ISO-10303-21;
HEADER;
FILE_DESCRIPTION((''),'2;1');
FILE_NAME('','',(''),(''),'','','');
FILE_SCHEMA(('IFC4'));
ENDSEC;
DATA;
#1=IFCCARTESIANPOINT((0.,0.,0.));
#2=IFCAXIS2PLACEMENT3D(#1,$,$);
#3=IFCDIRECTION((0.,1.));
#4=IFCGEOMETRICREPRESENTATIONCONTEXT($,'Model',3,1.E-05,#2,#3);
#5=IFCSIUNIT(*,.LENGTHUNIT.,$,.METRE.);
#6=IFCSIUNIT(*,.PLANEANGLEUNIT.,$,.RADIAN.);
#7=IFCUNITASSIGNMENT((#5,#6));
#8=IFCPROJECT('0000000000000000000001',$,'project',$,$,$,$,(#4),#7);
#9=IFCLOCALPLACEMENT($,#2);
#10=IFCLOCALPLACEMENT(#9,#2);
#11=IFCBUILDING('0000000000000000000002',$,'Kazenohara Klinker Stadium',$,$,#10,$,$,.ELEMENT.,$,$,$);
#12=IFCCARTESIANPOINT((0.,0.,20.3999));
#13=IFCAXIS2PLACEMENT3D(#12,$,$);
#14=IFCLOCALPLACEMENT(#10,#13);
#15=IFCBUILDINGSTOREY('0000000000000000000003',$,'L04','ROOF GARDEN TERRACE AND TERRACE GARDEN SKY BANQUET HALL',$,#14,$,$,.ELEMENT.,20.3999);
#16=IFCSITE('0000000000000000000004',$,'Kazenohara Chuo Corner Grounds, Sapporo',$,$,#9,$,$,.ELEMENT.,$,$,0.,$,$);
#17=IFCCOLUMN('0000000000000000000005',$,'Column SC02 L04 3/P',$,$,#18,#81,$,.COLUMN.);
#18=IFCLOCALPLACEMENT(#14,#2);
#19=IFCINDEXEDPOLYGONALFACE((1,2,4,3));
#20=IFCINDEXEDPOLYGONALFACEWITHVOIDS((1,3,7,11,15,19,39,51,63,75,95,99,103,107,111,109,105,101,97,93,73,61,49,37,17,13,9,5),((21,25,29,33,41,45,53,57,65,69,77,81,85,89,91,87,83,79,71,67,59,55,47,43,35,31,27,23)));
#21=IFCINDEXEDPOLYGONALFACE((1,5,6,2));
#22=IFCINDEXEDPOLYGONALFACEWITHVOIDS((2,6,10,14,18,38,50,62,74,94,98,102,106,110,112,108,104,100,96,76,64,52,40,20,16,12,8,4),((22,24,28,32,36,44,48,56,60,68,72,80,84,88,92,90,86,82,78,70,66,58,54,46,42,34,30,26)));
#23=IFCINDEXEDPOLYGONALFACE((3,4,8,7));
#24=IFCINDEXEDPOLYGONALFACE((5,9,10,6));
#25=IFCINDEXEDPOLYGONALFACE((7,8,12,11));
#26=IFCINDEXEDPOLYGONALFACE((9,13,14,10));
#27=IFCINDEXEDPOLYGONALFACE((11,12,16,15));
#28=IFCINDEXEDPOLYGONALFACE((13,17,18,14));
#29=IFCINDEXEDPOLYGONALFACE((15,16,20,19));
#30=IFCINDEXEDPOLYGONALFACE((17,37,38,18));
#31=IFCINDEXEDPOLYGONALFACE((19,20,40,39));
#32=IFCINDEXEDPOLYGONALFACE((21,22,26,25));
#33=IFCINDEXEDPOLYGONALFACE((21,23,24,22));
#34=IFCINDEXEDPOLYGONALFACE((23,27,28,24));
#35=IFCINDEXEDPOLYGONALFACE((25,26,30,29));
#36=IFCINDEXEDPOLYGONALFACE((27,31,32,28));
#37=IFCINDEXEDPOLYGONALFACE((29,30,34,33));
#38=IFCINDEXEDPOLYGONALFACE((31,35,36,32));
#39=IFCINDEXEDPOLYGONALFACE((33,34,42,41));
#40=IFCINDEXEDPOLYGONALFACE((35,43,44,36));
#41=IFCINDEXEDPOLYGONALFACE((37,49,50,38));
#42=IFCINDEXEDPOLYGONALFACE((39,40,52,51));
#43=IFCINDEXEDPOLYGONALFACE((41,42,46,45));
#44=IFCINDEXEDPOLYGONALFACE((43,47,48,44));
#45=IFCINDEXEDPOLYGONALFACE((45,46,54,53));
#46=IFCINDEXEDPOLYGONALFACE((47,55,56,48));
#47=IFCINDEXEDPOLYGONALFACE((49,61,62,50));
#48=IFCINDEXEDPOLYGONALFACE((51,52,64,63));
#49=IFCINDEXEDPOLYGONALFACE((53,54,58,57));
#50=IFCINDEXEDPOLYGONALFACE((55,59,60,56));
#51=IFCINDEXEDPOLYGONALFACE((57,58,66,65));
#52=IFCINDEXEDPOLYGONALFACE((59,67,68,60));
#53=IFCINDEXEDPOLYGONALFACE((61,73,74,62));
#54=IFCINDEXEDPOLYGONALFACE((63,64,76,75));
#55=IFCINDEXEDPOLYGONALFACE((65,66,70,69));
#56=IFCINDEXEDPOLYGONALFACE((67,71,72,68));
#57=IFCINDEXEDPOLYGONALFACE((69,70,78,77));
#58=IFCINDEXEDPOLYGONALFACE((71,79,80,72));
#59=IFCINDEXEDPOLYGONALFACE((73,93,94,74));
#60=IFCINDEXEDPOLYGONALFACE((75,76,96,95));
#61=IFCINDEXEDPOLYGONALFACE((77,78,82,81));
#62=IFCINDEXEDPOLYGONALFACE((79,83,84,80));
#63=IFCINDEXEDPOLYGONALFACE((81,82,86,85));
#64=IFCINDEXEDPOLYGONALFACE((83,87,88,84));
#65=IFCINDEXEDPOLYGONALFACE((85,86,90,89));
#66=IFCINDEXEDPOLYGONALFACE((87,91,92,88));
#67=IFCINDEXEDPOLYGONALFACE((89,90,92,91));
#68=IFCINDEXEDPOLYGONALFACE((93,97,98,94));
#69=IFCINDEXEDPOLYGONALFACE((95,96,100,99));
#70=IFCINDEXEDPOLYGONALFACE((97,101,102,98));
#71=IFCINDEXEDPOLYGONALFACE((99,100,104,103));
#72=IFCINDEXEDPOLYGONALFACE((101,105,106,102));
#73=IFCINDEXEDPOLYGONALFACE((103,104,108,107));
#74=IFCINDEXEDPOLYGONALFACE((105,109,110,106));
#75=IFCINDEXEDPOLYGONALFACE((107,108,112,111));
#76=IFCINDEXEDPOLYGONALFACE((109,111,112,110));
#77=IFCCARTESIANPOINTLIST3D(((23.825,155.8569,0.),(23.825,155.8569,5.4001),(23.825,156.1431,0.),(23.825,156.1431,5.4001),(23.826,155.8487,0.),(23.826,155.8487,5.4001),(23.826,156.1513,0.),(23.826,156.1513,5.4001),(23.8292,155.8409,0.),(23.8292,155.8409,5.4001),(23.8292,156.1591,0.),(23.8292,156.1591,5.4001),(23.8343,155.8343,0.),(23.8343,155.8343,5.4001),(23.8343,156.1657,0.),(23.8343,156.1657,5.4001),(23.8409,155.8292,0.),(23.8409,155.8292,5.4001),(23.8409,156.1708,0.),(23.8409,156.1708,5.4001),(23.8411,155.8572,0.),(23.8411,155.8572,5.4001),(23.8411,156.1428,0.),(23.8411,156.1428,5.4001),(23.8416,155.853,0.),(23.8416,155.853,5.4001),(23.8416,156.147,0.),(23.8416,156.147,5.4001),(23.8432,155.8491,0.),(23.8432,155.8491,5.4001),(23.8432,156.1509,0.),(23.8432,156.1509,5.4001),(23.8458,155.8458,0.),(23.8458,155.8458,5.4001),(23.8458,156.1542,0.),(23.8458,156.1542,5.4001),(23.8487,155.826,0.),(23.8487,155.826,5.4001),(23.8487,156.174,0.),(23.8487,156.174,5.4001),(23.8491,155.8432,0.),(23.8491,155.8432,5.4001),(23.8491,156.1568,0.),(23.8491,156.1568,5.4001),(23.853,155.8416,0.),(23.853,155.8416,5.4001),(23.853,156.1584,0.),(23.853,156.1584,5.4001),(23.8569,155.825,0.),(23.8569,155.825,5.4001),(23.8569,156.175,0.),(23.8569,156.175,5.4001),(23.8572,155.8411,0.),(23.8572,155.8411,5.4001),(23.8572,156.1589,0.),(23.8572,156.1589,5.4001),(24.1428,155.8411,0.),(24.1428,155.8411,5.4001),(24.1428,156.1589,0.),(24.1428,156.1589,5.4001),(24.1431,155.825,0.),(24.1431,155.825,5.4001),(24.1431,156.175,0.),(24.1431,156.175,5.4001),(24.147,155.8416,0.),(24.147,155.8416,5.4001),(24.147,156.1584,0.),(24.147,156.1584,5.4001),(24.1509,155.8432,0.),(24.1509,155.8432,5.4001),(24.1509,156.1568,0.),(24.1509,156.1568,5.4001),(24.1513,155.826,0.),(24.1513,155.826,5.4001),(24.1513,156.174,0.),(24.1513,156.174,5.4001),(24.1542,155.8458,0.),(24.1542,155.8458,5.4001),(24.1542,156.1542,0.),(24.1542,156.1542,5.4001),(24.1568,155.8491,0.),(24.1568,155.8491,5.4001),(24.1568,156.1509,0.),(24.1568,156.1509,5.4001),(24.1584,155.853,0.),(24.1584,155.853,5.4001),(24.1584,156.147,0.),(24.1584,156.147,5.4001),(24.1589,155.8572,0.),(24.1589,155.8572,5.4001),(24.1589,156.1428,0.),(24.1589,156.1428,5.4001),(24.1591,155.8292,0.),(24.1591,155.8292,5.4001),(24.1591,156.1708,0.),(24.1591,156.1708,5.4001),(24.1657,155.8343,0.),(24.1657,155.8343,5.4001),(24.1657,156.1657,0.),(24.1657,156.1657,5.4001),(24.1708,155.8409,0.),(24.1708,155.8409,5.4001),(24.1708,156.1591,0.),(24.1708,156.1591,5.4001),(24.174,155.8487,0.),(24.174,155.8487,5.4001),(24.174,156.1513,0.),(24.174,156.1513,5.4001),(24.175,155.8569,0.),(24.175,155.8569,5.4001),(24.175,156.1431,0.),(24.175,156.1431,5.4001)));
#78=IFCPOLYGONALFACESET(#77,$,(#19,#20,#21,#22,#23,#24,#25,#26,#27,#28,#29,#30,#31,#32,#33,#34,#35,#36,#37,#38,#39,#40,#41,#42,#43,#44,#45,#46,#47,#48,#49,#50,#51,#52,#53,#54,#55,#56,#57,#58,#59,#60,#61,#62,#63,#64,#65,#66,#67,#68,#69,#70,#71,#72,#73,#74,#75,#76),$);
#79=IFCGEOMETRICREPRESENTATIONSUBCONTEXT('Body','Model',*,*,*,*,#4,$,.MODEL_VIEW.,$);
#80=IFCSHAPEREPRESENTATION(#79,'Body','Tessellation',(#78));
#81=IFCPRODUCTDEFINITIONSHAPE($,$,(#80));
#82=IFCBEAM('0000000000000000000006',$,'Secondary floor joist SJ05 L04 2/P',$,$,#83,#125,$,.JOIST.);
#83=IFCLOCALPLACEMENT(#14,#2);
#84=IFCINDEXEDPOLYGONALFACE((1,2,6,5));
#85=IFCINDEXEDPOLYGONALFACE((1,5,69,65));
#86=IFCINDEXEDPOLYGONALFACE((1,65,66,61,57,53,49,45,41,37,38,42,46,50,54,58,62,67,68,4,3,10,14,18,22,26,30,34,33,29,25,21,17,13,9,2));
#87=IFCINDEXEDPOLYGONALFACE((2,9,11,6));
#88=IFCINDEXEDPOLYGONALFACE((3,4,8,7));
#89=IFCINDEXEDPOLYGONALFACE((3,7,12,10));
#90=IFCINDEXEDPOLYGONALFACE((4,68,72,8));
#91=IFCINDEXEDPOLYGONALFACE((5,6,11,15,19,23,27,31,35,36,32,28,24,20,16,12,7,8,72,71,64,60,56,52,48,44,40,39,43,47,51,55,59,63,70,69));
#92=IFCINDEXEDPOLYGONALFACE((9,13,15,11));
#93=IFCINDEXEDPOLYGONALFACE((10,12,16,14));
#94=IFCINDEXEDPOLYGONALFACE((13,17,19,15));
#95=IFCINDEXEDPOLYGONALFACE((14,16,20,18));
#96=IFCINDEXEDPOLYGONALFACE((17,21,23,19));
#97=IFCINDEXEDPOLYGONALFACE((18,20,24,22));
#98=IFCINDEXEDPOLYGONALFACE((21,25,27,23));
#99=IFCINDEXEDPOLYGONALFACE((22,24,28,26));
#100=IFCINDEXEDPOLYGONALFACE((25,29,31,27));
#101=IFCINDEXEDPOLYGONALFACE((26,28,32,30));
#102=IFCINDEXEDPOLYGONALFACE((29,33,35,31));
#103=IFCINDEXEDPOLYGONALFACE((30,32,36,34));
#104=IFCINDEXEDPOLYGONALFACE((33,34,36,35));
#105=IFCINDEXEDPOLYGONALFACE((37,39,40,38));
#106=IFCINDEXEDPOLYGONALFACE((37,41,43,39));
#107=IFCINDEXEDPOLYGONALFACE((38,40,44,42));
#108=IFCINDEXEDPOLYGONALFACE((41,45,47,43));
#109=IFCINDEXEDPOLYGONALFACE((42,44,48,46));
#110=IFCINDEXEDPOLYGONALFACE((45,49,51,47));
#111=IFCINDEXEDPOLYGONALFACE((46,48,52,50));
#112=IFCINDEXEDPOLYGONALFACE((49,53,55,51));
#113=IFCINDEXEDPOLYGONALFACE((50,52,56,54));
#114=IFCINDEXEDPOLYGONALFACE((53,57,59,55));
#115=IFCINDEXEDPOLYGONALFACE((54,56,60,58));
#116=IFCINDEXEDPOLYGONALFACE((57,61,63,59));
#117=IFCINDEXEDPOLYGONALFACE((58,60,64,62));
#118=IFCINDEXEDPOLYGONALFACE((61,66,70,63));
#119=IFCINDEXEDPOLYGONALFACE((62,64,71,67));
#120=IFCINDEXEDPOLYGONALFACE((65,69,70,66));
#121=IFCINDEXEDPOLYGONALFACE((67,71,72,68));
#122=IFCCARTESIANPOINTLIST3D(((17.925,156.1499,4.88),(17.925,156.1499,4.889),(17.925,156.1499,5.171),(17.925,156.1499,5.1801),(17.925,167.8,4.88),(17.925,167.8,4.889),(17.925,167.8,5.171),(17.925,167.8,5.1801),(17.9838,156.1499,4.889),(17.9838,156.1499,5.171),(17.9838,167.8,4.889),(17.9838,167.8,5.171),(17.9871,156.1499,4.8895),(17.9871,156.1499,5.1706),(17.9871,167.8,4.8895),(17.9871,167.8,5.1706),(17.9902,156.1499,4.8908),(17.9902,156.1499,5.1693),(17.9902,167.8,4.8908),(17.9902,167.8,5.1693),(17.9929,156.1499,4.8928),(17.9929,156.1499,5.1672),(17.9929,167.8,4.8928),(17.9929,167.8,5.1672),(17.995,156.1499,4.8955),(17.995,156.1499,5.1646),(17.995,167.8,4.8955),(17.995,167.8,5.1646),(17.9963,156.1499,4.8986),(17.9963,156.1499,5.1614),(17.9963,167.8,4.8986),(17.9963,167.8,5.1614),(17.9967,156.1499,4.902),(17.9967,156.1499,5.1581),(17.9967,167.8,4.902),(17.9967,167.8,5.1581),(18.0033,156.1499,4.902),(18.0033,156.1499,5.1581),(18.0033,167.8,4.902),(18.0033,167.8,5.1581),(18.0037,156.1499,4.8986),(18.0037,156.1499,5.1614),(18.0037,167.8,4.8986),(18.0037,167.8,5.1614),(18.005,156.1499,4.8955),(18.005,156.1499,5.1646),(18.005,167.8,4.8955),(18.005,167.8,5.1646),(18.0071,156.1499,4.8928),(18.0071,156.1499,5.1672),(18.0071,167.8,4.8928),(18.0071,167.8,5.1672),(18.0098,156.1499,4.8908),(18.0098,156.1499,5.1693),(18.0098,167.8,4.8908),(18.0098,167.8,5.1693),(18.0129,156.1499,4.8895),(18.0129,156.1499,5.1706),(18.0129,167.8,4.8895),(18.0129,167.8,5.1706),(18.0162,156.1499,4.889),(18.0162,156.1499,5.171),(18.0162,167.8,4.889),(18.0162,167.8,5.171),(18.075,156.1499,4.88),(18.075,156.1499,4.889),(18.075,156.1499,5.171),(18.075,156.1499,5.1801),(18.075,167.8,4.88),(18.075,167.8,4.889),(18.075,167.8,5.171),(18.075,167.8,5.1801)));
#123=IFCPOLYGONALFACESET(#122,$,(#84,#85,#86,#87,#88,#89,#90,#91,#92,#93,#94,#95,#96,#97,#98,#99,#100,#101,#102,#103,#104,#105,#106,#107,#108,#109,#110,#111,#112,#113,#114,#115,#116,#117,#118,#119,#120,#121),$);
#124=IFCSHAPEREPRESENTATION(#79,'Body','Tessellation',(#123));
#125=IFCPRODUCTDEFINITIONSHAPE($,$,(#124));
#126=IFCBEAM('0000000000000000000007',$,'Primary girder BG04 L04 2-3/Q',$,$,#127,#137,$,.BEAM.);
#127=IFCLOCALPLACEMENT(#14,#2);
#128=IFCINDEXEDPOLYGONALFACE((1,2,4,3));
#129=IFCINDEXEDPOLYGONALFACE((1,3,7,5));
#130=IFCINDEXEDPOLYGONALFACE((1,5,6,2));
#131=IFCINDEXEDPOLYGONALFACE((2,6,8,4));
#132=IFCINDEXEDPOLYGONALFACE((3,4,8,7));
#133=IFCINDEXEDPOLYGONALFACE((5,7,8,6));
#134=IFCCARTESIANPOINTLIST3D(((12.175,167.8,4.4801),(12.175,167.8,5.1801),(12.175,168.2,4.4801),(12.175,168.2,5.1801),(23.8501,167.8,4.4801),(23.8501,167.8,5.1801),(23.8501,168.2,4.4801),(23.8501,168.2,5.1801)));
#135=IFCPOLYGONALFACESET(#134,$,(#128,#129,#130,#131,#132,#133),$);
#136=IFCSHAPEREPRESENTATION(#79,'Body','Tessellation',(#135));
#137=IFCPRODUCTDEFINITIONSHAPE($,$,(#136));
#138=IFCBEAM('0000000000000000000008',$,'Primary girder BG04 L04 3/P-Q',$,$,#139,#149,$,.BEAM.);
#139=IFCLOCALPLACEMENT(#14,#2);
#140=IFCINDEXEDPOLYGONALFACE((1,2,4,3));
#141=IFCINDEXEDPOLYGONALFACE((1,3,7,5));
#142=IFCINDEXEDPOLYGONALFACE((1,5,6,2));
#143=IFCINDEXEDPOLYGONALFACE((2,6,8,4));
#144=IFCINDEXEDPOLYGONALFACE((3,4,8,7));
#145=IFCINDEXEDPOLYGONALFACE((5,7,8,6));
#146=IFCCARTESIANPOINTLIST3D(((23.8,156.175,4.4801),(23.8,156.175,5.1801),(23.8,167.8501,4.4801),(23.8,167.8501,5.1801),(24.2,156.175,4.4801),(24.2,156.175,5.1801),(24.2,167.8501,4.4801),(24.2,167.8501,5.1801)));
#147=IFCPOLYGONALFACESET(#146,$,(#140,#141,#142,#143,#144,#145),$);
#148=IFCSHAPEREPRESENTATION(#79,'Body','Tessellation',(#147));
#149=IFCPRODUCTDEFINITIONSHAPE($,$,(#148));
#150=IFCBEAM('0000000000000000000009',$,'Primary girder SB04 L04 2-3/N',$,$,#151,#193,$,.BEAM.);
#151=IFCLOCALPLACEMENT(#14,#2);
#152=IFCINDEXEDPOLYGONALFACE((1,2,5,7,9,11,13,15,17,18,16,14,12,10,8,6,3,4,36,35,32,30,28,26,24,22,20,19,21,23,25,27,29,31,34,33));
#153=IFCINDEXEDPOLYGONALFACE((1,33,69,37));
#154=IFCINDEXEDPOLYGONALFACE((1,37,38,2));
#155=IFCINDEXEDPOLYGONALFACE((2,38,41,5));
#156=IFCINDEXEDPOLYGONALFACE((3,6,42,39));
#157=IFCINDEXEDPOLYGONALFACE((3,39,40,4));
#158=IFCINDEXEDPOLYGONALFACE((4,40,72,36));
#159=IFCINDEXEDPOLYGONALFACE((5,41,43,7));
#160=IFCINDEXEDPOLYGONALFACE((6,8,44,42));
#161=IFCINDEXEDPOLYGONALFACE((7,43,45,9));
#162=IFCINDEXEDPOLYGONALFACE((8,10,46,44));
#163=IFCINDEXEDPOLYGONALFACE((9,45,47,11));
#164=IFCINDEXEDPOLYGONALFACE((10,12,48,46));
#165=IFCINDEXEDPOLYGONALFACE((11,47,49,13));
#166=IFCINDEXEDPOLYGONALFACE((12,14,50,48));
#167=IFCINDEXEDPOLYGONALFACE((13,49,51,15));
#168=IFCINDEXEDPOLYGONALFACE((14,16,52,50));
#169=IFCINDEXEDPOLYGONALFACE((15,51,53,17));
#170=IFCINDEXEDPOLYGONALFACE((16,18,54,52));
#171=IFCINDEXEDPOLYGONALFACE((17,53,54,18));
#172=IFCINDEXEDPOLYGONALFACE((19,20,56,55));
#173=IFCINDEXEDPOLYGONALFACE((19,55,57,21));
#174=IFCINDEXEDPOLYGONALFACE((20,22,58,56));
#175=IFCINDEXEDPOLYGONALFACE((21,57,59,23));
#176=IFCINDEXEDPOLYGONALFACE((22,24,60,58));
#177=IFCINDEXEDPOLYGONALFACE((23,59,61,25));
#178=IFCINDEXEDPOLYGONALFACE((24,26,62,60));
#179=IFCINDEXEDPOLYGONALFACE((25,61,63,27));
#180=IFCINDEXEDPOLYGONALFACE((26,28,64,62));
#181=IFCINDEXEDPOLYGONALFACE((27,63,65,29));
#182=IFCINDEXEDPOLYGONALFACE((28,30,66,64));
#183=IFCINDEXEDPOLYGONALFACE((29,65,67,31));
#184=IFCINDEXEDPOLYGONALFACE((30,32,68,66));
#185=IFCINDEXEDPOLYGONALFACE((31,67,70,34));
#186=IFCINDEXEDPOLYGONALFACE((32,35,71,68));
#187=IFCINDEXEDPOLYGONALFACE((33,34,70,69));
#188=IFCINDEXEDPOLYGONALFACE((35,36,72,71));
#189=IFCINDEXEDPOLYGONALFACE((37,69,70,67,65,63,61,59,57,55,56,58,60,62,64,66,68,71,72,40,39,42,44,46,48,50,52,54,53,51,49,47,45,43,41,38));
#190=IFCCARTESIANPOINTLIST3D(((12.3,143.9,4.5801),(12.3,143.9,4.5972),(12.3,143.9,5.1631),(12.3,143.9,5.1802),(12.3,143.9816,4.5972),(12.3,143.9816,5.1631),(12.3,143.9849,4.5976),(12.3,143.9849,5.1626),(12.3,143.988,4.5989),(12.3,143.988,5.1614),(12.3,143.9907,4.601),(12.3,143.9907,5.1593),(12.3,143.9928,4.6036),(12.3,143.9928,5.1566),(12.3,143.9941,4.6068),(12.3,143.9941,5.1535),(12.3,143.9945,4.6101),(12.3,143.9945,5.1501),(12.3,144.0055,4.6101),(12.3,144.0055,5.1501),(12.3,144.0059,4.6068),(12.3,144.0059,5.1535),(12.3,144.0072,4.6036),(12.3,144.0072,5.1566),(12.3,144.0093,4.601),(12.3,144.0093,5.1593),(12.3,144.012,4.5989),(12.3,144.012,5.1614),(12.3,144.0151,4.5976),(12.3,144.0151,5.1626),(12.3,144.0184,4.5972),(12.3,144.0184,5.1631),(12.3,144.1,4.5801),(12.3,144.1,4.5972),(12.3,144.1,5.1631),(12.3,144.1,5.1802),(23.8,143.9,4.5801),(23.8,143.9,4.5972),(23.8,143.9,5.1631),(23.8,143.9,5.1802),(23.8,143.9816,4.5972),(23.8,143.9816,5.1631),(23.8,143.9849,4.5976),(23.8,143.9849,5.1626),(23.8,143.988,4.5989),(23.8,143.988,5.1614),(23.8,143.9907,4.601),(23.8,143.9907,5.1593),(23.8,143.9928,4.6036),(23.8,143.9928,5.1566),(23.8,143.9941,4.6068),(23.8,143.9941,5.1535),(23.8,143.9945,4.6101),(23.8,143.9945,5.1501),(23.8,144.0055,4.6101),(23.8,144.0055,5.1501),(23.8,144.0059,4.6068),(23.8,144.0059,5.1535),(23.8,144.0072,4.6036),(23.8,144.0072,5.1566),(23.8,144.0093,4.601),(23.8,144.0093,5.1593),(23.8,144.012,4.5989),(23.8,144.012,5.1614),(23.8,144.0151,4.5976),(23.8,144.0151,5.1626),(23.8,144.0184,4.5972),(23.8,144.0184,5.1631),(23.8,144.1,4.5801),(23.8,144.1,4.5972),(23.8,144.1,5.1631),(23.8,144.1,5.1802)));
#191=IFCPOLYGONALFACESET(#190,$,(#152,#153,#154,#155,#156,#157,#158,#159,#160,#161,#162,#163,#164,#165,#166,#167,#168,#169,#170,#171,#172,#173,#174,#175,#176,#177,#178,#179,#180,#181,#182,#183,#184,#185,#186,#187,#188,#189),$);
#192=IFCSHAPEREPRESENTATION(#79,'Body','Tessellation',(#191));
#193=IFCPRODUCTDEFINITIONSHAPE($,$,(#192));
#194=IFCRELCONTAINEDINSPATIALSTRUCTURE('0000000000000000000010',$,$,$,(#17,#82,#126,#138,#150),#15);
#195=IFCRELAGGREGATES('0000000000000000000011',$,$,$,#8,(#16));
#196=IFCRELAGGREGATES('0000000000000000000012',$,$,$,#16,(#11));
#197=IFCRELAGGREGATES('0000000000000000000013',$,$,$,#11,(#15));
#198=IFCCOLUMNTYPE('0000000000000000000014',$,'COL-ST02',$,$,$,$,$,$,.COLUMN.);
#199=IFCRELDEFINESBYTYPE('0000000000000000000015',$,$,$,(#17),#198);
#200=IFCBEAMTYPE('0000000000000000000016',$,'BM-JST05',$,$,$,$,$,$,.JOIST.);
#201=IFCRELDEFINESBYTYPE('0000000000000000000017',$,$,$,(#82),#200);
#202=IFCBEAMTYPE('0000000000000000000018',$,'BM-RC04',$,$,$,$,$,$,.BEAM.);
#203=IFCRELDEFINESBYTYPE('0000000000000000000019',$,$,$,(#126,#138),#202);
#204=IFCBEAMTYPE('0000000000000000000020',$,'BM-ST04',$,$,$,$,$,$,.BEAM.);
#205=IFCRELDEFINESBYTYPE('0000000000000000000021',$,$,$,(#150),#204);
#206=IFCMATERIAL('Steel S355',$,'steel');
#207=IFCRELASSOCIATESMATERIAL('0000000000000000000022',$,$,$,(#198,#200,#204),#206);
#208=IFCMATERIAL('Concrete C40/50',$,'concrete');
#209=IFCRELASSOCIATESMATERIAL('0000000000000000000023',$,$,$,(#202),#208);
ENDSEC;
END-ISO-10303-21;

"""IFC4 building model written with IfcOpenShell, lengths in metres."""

from ifc_helpers import new_model, si_unit, direction, frame, origin, origin_2d, place, context, subcontext, project, spatial, rectangle, hollow_rectangle, i_section, extrude, material, material_profile, profile_set, type_object, element, save


model = new_model("IFC4")

# Units and contexts
model_context = context("Model", 3, precision=1e-05, world=origin(), true_north=direction((0.0, 1.0)))
body_context = subcontext(model_context, "Body", "Model", "MODEL_VIEW")
ifc_project = project(units=[si_unit("LENGTHUNIT", "METRE"), si_unit("PLANEANGLEUNIT", "RADIAN")], contexts=[model_context])

# Site, building, storey
site_placement = place(None, origin())
site = spatial("IfcSite", under=ifc_project, at=site_placement, Name="Kazenohara Chuo Corner Grounds, Sapporo", CompositionType="ELEMENT", RefElevation=0.0)
building_placement = place(site_placement, origin())
building = spatial("IfcBuilding", under=site, at=building_placement, Name="Kazenohara Klinker Stadium", CompositionType="ELEMENT")
storey_placement = place(building_placement, frame((0.0, 0.0, 20.3999)))
storey = spatial("IfcBuildingStorey", under=building, at=storey_placement, Name="L04", Description="ROOF GARDEN TERRACE AND TERRACE GARDEN SKY BANQUET HALL", CompositionType="ELEMENT", Elevation=20.3999)

# Column
ifc_material_1 = material(Name="Steel S355", Category="steel")
ifc_material_profile_1 = material_profile(ifc_material_1, hollow_rectangle(XDim=0.3501, YDim=0.3501, WallThickness=0.0161, InnerFilletRadius=0.0161, OuterFilletRadius=0.032, at=origin_2d()), Name="SHS-350x350x16")
ifc_profile_set_1 = profile_set([ifc_material_profile_1], Name="Steel S355")
column_type_1 = type_object("IfcColumnType", Name="COL-ST02", PredefinedType="COLUMN", material=ifc_profile_set_1)
for number, where, z_axis, x_axis, name in (
    (1, (24.0, 156.0, 0.0), (0.0, 0.0, 1.0), (1.0, 0.0, 0.0), "Column SC02 L04 3/P"),
):
    element("IfcColumn", number, at=place(storey_placement, frame(where, z_axis=z_axis, x_axis=x_axis)), inside=storey, type_object=column_type_1, Name=name, PredefinedType="COLUMN", context=body_context, shape_type="SweptSolid", body=[
        extrude(hollow_rectangle(XDim=0.3501, YDim=0.3501, WallThickness=0.0161, InnerFilletRadius=0.0161, OuterFilletRadius=0.032, at=origin_2d()), origin(), (0.0, 0.0, 1.0), 5.4001),
    ])

# Beams
ifc_material_profile_2 = material_profile(ifc_material_1, i_section(OverallWidth=0.1499, OverallDepth=0.3, WebThickness=0.0066, FlangeThickness=0.009, FilletRadius=0.0129, at=origin_2d()), Name="H-300x150x6.5x9")
ifc_profile_set_2 = profile_set([ifc_material_profile_2], Name="Steel S355")
beam_type_1 = type_object("IfcBeamType", Name="BM-JST05", PredefinedType="JOIST", material=ifc_profile_set_2)
beam_1_placement = place(storey_placement, frame((18.0, 156.1499, 5.03), z_axis=(0.0, 1.0, 0.0), x_axis=(-1.0, 0.0, 0.0)))
element("IfcBeam", 2, at=beam_1_placement, inside=storey, type_object=beam_type_1, Name="Secondary floor joist SJ05 L04 2/P", PredefinedType="JOIST", context=body_context, shape_type="SweptSolid", body=[
    extrude(i_section(OverallWidth=0.1499, OverallDepth=0.3, WebThickness=0.0066, FlangeThickness=0.009, FilletRadius=0.0129, at=origin_2d()), origin(), (0.0, 0.0, 1.0), 11.6501),
])
ifc_material_2 = material(Name="Concrete C40/50", Category="concrete")
ifc_material_profile_3 = material_profile(ifc_material_2, rectangle(XDim=0.3999, YDim=0.7, at=origin_2d()), Name="RC-BM-400x700")
ifc_profile_set_3 = profile_set([ifc_material_profile_3], Name="Concrete C40/50")
beam_type_2 = type_object("IfcBeamType", Name="BM-RC04", PredefinedType="BEAM", material=ifc_profile_set_3)
for number, where, z_axis, x_axis, name in (
    (3, (12.175, 168.0, 4.8301), (1.0, 0.0, 0.0), (0.0, 1.0, 0.0), "Primary girder BG04 L04 2-3/Q"),
    (4, (24.0, 156.175, 4.8301), (0.0, 1.0, 0.0), (-1.0, 0.0, 0.0), "Primary girder BG04 L04 3/P-Q"),
):
    element("IfcBeam", number, at=place(storey_placement, frame(where, z_axis=z_axis, x_axis=x_axis)), inside=storey, type_object=beam_type_2, Name=name, PredefinedType="BEAM", context=body_context, shape_type="SweptSolid", body=[
        extrude(rectangle(XDim=0.3999, YDim=0.7, at=origin_2d()), origin(), (0.0, 0.0, 1.0), 11.675),
    ])
ifc_material_profile_4 = material_profile(ifc_material_1, i_section(OverallWidth=0.2, OverallDepth=0.6001, WebThickness=0.011, FlangeThickness=0.0171, FilletRadius=0.0129, at=origin_2d()), Name="H-600x200x11x17")
ifc_profile_set_4 = profile_set([ifc_material_profile_4], Name="Steel S355")
beam_type_3 = type_object("IfcBeamType", Name="BM-ST04", PredefinedType="BEAM", material=ifc_profile_set_4)
beam_2_placement = place(storey_placement, frame((12.3, 144.0, 4.8801), z_axis=(1.0, 0.0, 0.0), x_axis=(0.0, 1.0, 0.0)))
element("IfcBeam", 5, at=beam_2_placement, inside=storey, type_object=beam_type_3, Name="Primary girder SB04 L04 2-3/N", PredefinedType="BEAM", context=body_context, shape_type="SweptSolid", body=[
    extrude(i_section(OverallWidth=0.2, OverallDepth=0.6001, WebThickness=0.011, FlangeThickness=0.0171, FilletRadius=0.0129, at=origin_2d()), origin(), (0.0, 0.0, 1.0), 11.5),
])

save(model, "model.ifc")
